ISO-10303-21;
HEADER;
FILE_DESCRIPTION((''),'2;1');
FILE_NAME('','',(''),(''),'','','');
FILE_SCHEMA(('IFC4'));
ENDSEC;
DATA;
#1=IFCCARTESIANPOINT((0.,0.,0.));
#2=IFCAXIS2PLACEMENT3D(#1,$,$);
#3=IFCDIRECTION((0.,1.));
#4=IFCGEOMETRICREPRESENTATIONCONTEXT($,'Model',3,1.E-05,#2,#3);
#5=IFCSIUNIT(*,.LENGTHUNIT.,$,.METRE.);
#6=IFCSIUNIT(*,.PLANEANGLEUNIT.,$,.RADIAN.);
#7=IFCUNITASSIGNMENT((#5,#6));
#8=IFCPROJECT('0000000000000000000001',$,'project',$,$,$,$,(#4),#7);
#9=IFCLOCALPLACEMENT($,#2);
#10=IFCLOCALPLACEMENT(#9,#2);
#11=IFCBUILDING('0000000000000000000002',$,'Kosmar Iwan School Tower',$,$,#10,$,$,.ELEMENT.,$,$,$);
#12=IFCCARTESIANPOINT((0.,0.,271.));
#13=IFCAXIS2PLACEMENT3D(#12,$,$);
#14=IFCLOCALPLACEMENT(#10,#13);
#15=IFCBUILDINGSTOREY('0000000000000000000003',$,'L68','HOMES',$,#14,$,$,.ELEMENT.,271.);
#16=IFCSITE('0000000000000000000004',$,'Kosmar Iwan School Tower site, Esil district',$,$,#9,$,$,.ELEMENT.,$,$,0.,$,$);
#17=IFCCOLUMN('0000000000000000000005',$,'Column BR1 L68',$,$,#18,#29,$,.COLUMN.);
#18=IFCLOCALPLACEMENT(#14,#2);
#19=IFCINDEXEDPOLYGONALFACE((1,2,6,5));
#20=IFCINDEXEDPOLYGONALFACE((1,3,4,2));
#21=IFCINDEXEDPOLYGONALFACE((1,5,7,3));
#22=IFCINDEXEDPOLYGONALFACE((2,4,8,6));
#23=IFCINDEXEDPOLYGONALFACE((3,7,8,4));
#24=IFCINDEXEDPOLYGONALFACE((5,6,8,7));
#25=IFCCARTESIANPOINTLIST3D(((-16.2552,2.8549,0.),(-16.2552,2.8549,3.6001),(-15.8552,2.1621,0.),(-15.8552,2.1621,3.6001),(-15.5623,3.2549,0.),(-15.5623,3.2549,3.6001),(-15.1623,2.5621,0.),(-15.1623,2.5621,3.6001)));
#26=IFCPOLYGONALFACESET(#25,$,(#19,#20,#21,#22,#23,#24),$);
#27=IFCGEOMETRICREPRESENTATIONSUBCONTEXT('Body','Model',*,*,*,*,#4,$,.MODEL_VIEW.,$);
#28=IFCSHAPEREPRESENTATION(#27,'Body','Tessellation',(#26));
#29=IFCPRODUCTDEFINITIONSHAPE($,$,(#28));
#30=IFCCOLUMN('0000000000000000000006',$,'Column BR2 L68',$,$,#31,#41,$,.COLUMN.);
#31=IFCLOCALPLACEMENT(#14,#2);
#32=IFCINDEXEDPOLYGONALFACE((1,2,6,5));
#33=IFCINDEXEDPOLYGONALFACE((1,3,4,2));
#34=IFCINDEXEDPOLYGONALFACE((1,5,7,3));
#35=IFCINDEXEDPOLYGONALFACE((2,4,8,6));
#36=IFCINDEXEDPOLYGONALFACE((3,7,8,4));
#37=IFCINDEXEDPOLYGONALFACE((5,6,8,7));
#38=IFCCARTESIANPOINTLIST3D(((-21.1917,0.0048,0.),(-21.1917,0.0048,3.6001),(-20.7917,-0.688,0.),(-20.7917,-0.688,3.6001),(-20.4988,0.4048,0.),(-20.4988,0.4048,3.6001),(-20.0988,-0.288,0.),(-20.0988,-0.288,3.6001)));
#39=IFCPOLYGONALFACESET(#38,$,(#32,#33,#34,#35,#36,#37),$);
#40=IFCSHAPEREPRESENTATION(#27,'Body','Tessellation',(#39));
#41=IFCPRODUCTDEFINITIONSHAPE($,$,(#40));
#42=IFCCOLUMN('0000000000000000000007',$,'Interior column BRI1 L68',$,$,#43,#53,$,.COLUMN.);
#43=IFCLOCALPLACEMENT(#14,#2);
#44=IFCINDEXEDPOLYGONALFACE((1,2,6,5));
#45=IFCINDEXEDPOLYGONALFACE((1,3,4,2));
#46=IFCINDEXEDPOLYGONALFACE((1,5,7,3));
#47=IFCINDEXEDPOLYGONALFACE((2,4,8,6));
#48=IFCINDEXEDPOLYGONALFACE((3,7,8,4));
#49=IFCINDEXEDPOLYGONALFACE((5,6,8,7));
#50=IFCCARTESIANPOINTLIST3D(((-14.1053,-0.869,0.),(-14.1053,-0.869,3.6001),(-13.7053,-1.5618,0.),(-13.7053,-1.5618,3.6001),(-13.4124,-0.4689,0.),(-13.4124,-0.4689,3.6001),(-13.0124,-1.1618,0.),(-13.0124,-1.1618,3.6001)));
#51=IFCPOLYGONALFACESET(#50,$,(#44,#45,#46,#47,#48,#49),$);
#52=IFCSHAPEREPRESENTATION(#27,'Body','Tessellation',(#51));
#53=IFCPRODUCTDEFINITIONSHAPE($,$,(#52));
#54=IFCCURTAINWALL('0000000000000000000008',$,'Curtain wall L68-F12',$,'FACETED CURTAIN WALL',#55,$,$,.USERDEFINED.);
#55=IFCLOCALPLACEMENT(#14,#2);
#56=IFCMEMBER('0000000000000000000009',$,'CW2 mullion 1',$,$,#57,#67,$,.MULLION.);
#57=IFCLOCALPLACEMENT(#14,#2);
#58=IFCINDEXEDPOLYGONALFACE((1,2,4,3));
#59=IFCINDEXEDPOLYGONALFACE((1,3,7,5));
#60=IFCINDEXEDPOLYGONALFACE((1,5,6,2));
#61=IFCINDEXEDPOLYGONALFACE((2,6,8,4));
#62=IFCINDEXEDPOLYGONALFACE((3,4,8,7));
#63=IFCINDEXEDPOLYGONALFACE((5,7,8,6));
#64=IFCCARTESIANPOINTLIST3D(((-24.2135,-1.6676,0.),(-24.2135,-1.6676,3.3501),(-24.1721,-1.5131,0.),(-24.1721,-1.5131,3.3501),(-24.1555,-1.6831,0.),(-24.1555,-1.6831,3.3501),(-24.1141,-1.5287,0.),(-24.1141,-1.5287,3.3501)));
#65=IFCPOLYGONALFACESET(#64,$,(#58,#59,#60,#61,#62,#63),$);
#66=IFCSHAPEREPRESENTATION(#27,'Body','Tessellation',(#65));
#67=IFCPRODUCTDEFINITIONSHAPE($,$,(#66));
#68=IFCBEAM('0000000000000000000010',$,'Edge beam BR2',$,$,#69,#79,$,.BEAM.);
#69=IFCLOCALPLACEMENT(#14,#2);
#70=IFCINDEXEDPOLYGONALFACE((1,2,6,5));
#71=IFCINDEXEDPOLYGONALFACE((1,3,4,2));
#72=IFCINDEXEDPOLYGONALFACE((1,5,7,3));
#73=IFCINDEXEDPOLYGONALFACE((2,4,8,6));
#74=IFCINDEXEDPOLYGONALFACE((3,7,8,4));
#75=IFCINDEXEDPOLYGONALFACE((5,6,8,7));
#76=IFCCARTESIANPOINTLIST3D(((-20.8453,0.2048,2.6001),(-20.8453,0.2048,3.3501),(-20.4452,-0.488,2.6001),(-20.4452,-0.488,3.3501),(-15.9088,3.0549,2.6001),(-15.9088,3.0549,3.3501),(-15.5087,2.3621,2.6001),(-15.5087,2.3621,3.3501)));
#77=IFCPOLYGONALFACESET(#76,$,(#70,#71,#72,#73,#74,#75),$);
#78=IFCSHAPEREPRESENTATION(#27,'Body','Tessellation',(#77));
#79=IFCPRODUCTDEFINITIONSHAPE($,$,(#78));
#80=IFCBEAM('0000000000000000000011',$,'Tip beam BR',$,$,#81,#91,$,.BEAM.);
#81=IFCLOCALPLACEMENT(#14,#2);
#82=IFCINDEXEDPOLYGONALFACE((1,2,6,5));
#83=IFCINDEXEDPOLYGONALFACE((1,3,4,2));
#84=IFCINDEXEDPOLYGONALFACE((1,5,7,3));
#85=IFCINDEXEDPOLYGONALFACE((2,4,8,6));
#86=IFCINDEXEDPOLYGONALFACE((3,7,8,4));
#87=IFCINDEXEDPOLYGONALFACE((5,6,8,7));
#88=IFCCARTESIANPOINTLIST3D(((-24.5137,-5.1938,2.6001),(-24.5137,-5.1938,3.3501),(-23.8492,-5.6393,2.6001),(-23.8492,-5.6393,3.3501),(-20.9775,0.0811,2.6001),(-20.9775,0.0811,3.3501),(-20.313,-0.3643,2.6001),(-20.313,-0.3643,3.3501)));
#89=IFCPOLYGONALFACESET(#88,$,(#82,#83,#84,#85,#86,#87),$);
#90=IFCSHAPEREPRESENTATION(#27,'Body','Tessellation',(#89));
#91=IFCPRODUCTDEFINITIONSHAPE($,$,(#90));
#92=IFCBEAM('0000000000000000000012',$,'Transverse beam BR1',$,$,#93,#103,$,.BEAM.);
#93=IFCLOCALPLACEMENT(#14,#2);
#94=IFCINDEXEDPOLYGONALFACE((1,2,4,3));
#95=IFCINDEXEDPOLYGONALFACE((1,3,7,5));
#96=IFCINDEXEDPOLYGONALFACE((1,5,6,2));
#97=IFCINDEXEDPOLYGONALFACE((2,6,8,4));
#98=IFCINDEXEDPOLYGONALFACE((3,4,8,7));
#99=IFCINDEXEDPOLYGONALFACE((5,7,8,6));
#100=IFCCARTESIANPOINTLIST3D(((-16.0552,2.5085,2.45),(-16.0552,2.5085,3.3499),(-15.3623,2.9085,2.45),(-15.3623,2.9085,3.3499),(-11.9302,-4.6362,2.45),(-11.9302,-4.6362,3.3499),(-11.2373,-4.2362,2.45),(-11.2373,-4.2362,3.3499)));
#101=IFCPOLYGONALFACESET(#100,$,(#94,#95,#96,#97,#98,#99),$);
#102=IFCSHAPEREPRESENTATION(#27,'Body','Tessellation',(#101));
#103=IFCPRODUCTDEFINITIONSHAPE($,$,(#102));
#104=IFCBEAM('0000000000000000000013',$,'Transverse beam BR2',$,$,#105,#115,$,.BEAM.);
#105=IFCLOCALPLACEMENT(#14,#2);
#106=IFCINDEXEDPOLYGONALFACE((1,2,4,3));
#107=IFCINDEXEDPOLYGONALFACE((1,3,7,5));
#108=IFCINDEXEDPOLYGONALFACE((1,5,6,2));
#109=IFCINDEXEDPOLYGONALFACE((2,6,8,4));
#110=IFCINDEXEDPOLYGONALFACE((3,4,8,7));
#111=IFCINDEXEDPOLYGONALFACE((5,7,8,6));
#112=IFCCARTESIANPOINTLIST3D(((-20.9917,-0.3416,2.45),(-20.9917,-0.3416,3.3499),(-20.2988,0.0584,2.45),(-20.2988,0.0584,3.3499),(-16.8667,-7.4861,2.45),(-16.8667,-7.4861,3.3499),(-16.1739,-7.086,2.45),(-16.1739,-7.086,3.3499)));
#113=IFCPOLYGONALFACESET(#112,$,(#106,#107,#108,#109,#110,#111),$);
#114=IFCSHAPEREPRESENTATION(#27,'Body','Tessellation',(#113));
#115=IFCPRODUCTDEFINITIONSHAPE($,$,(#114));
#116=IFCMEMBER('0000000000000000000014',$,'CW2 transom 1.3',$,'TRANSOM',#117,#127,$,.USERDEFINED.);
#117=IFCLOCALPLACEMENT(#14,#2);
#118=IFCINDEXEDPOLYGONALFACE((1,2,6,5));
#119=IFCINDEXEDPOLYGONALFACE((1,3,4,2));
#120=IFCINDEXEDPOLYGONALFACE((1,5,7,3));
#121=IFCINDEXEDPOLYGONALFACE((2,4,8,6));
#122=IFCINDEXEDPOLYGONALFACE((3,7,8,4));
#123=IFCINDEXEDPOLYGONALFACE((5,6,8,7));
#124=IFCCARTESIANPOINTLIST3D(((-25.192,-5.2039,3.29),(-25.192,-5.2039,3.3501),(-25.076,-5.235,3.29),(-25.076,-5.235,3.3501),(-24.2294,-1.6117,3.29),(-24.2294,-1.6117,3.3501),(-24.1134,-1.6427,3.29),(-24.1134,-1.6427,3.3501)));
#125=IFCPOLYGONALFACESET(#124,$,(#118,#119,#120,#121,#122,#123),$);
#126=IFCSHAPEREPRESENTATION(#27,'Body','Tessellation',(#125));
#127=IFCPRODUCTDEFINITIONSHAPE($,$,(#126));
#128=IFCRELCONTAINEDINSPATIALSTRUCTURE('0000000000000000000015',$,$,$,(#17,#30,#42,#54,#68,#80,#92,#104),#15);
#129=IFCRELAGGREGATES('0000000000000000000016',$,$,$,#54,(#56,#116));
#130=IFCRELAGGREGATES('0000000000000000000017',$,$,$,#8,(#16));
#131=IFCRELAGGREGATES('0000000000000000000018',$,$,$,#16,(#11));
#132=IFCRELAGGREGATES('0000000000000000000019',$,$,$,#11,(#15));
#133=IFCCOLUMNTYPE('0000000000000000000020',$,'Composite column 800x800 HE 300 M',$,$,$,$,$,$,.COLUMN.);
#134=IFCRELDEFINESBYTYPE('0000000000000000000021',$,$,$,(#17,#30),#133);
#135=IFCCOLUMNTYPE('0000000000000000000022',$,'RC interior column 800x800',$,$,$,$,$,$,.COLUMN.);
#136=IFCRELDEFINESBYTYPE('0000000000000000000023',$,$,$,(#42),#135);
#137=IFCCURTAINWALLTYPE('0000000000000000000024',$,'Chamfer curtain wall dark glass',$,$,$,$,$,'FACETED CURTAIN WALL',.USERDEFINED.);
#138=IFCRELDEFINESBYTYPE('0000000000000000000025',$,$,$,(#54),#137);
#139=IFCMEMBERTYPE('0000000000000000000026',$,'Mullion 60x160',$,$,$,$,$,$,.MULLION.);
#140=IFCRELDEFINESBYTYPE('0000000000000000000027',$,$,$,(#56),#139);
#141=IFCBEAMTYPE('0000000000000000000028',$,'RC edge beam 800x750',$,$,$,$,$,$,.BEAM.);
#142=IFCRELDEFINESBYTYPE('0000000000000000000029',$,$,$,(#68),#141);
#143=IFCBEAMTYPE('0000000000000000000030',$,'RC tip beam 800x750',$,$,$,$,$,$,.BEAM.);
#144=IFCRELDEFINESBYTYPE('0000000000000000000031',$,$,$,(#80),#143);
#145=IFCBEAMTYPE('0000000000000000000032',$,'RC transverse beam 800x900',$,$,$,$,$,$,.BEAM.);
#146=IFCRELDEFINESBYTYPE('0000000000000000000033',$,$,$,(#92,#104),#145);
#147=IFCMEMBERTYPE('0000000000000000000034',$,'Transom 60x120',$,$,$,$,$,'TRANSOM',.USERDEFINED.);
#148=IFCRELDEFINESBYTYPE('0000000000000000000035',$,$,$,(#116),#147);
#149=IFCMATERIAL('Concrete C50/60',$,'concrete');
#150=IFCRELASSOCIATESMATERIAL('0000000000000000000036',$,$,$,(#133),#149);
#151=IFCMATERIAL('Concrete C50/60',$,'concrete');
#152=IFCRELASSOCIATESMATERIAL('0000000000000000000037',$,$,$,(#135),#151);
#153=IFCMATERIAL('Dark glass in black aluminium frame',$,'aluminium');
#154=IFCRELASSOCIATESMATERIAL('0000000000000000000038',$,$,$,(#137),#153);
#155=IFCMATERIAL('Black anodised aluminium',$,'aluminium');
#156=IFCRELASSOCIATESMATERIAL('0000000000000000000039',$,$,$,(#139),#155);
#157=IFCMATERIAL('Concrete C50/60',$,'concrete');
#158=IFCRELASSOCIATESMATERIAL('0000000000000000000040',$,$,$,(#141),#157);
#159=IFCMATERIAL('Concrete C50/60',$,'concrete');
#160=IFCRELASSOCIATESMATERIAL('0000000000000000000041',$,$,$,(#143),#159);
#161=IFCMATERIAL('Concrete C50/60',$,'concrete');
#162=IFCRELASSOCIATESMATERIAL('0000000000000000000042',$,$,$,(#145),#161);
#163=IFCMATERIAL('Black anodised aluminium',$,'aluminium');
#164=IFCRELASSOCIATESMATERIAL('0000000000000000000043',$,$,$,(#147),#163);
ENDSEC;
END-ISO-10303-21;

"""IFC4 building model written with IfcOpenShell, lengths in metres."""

from ifc_helpers import new_model, si_unit, direction, frame, origin, origin_2d, place, context, subcontext, project, spatial, rectangle, extrude, material, material_profile, profile_set, type_object, element, aggregate, save


model = new_model("IFC4")

# Units and contexts
model_context = context("Model", 3, precision=1e-05, world=origin(), true_north=direction((0.0, 1.0)))
body_context = subcontext(model_context, "Body", "Model", "MODEL_VIEW")
ifc_project = project(units=[si_unit("LENGTHUNIT", "METRE"), si_unit("PLANEANGLEUNIT", "RADIAN")], contexts=[model_context])

# Site, building, storey
site_placement = place(None, origin())
site = spatial("IfcSite", under=ifc_project, at=site_placement, Name="Kosmar Iwan School Tower site, Esil district", CompositionType="ELEMENT", RefElevation=0.0)
building_placement = place(site_placement, origin())
building = spatial("IfcBuilding", under=site, at=building_placement, Name="Kosmar Iwan School Tower", CompositionType="ELEMENT")
storey_placement = place(building_placement, frame((0.0, 0.0, 271.0)))
storey = spatial("IfcBuildingStorey", under=building, at=storey_placement, Name="L68", Description="HOMES", CompositionType="ELEMENT", Elevation=271.0)

# Columns
ifc_material_1 = material(Name="Concrete C50/60", Category="concrete")
ifc_material_profile_1 = material_profile(ifc_material_1, rectangle(XDim=0.8, YDim=0.8, at=origin_2d()), Name="RC 800x800 + HE 300 M")
ifc_profile_set_1 = profile_set([ifc_material_profile_1], Name="Concrete C50/60")
column_type_1 = type_object("IfcColumnType", Name="Composite column 800x800 HE 300 M", PredefinedType="COLUMN", material=ifc_profile_set_1)
for number, where, z_axis, x_axis, name in (
    (1, (-15.7087, 2.7085, 0.0), (0.0, 0.0, 1.0), (-0.866025, -0.5, 0.0), "Column BR1 L68"),
    (2, (-20.6453, -0.1416, 0.0), (0.0, 0.0, 1.0), (-0.866025, -0.5, 0.0), "Column BR2 L68"),
):
    element("IfcColumn", number, at=place(storey_placement, frame(where, z_axis=z_axis, x_axis=x_axis)), inside=storey, type_object=column_type_1, Name=name, PredefinedType="COLUMN", context=body_context, shape_type="SweptSolid", body=[
        extrude(rectangle(XDim=0.8, YDim=0.8, at=origin_2d()), origin(), (0.0, 0.0, 1.0), 3.6001),
    ])
ifc_material_2 = material(Name="Concrete C50/60", Category="concrete")
ifc_material_profile_2 = material_profile(ifc_material_2, rectangle(XDim=0.8, YDim=0.8, at=origin_2d()), Name="RC 800x800")
ifc_profile_set_2 = profile_set([ifc_material_profile_2], Name="Concrete C50/60")
column_type_2 = type_object("IfcColumnType", Name="RC interior column 800x800", PredefinedType="COLUMN", material=ifc_profile_set_2)
column_placement = place(storey_placement, frame((-13.5588, -1.0154, 0.0), z_axis=(0.0, 0.0, 1.0), x_axis=(-0.866025, -0.5, 0.0)))
element("IfcColumn", 3, at=column_placement, inside=storey, type_object=column_type_2, Name="Interior column BRI1 L68", PredefinedType="COLUMN", context=body_context, shape_type="SweptSolid", body=[
    extrude(rectangle(XDim=0.8, YDim=0.8, at=origin_2d()), origin(), (0.0, 0.0, 1.0), 3.6001),
])

# Curtain wall, member
ifc_material_3 = material(Name="Dark glass in black aluminium frame", Category="aluminium")
curtain_wall_type = type_object("IfcCurtainWallType", Name="Chamfer curtain wall dark glass", ElementType="FACETED CURTAIN WALL", PredefinedType="USERDEFINED", material=ifc_material_3)
curtain_wall_placement = place(storey_placement, origin())
curtain_wall = element("IfcCurtainWall", 4, at=curtain_wall_placement, inside=storey, type_object=curtain_wall_type, Name="Curtain wall L68-F12", ObjectType="FACETED CURTAIN WALL", PredefinedType="USERDEFINED")
ifc_material_4 = material(Name="Black anodised aluminium", Category="aluminium")
ifc_material_profile_3 = material_profile(ifc_material_4, rectangle(XDim=0.0601, YDim=0.1599, at=origin_2d()), Name="MULLION 60x160")
ifc_profile_set_3 = profile_set([ifc_material_profile_3], Name="Black anodised aluminium")
member_type_1 = type_object("IfcMemberType", Name="Mullion 60x160", PredefinedType="MULLION", material=ifc_profile_set_3)
member_1_placement = place(storey_placement, frame((-24.1638, -1.5981, 0.0), z_axis=(0.0, 0.0, 1.0), x_axis=(0.965926, -0.258819, 0.0)))
member_1 = element("IfcMember", 5, at=member_1_placement, type_object=member_type_1, Name="CW2 mullion 1", PredefinedType="MULLION", context=body_context, shape_type="SweptSolid", body=[
    extrude(rectangle(XDim=0.0601, YDim=0.1599, at=origin_2d()), origin(), (0.0, 0.0, 1.0), 3.3501),
])

# Beams
ifc_material_5 = material(Name="Concrete C50/60", Category="concrete")
ifc_material_profile_4 = material_profile(ifc_material_5, rectangle(XDim=0.8, YDim=0.75, at=origin_2d()), Name="RC 800x750")
ifc_profile_set_4 = profile_set([ifc_material_profile_4], Name="Concrete C50/60")
beam_type_1 = type_object("IfcBeamType", Name="RC edge beam 800x750", PredefinedType="BEAM", material=ifc_profile_set_4)
beam_1_placement = place(storey_placement, frame((-15.7087, 2.7085, 2.9751), z_axis=(-0.866026, -0.499999, 0.0), x_axis=(0.499999, -0.866026, 0.0)))
element("IfcBeam", 6, at=beam_1_placement, inside=storey, type_object=beam_type_1, Name="Edge beam BR2", PredefinedType="BEAM", context=body_context, shape_type="SweptSolid", body=[
    extrude(rectangle(XDim=0.8, YDim=0.75, at=origin_2d()), origin(), (0.0, 0.0, 1.0), 5.7002),
])
ifc_material_6 = material(Name="Concrete C50/60", Category="concrete")
ifc_material_profile_5 = material_profile(ifc_material_6, rectangle(XDim=0.8, YDim=0.75, at=origin_2d()), Name="RC 800x750")
ifc_profile_set_5 = profile_set([ifc_material_profile_5], Name="Concrete C50/60")
beam_type_2 = type_object("IfcBeamType", Name="RC tip beam 800x750", PredefinedType="BEAM", material=ifc_profile_set_5)
beam_2_placement = place(storey_placement, frame((-20.6453, -0.1416, 2.9751), z_axis=(-0.556828, -0.830628, 0.0), x_axis=(0.830628, -0.556828, 0.0)))
element("IfcBeam", 7, at=beam_2_placement, inside=storey, type_object=beam_type_2, Name="Tip beam BR", PredefinedType="BEAM", context=body_context, shape_type="SweptSolid", body=[
    extrude(rectangle(XDim=0.8, YDim=0.75, at=origin_2d()), origin(), (0.0, 0.0, 1.0), 6.3506),
])
ifc_material_7 = material(Name="Concrete C50/60", Category="concrete")
ifc_material_profile_6 = material_profile(ifc_material_7, rectangle(XDim=0.8, YDim=0.8999, at=origin_2d()), Name="RC 800x900")
ifc_profile_set_6 = profile_set([ifc_material_profile_6], Name="Concrete C50/60")
beam_type_3 = type_object("IfcBeamType", Name="RC transverse beam 800x900", PredefinedType="BEAM", material=ifc_profile_set_6)
beam_3_placement = place(storey_placement, frame((-15.7087, 2.7085, 2.8999), z_axis=(0.499997, -0.866027, 0.0), x_axis=(0.866027, 0.499997, 0.0)))
element("IfcBeam", 8, at=beam_3_placement, inside=storey, type_object=beam_type_3, Name="Transverse beam BR1", PredefinedType="BEAM", context=body_context, shape_type="SweptSolid", body=[
    extrude(rectangle(XDim=0.8, YDim=0.8999, at=origin_2d()), origin(), (0.0, 0.0, 1.0), 8.25),
])
beam_4_placement = place(storey_placement, frame((-20.6453, -0.1416, 2.8999), z_axis=(0.500009, -0.86602, 0.0), x_axis=(0.86602, 0.500009, 0.0)))
element("IfcBeam", 9, at=beam_4_placement, inside=storey, type_object=beam_type_3, Name="Transverse beam BR2", PredefinedType="BEAM", context=body_context, shape_type="SweptSolid", body=[
    extrude(rectangle(XDim=0.8, YDim=0.8999, at=origin_2d()), origin(), (0.0, 0.0, 1.0), 8.2498),
])

# Member
ifc_material_8 = material(Name="Black anodised aluminium", Category="aluminium")
ifc_material_profile_7 = material_profile(ifc_material_8, rectangle(XDim=0.1201, YDim=0.0601, at=origin_2d()), Name="TRANSOM 60x120")
ifc_profile_set_7 = profile_set([ifc_material_profile_7], Name="Black anodised aluminium")
member_type_2 = type_object("IfcMemberType", Name="Transom 60x120", ElementType="TRANSOM", PredefinedType="USERDEFINED", material=ifc_profile_set_7)
member_2_placement = place(storey_placement, frame((-24.1714, -1.6272, 3.3201), z_axis=(-0.258843, -0.965919, 0.0), x_axis=(0.965919, -0.258843, 0.0)))
member_2 = element("IfcMember", 10, at=member_2_placement, type_object=member_type_2, Name="CW2 transom 1.3", ObjectType="TRANSOM", PredefinedType="USERDEFINED", context=body_context, shape_type="SweptSolid", body=[
    extrude(rectangle(XDim=0.1201, YDim=0.0601, at=origin_2d()), origin(), (0.0, 0.0, 1.0), 3.719),
])
aggregate(curtain_wall, [member_1, member_2])

save(model, "model.ifc")
